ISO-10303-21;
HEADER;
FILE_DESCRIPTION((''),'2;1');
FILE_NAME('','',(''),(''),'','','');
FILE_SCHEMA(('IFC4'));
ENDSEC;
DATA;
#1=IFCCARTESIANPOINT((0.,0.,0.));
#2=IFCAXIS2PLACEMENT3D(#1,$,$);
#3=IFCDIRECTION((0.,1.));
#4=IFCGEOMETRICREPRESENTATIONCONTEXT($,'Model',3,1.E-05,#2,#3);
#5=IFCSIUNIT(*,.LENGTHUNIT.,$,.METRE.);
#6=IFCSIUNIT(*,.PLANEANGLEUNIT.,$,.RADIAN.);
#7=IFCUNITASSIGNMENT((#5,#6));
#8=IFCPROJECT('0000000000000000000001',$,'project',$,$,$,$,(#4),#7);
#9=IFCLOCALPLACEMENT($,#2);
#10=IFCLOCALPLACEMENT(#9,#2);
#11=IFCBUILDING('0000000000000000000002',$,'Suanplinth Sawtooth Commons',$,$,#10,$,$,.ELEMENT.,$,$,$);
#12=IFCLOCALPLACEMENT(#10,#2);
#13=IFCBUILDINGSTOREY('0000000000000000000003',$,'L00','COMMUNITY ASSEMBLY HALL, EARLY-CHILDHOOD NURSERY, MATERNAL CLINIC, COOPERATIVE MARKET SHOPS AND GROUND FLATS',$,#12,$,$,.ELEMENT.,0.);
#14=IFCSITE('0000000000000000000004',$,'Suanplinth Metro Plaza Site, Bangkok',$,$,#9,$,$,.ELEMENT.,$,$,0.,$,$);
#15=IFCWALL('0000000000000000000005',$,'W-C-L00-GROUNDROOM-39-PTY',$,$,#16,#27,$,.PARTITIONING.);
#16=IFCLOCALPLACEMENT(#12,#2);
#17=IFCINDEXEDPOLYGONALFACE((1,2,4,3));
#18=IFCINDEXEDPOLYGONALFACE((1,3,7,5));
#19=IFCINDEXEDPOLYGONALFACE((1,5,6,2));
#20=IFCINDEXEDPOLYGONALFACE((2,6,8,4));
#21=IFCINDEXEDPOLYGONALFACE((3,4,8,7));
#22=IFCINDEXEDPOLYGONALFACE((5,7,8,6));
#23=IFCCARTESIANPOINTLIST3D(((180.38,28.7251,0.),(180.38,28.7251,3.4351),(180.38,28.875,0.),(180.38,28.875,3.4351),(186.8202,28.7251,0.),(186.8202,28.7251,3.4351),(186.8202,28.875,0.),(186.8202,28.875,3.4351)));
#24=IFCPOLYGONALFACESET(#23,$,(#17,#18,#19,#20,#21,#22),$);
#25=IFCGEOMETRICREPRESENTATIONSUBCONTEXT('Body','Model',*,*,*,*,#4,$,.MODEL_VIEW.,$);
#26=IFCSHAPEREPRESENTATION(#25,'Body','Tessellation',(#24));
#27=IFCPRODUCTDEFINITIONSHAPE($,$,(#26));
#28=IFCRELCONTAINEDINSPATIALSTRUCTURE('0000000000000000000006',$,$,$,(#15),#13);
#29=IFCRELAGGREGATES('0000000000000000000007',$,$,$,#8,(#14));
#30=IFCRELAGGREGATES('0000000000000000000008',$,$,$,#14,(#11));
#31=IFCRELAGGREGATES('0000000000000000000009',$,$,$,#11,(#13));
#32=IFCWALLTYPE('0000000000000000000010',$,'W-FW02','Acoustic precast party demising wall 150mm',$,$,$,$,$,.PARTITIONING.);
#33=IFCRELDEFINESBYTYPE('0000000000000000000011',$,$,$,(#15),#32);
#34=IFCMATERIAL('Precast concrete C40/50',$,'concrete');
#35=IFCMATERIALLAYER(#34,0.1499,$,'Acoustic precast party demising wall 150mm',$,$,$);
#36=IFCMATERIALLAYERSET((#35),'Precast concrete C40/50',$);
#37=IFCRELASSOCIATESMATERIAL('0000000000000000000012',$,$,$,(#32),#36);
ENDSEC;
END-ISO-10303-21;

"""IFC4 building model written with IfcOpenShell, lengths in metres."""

from ifc_helpers import new_model, si_unit, direction, frame, frame_2d, origin, place, context, subcontext, project, spatial, rectangle, extrude, material, layer, layer_set, type_object, element, save


model = new_model("IFC4")

# Units and contexts
model_context = context("Model", 3, precision=1e-05, world=origin(), true_north=direction((0.0, 1.0)))
body_context = subcontext(model_context, "Body", "Model", "MODEL_VIEW")
ifc_project = project(units=[si_unit("LENGTHUNIT", "METRE"), si_unit("PLANEANGLEUNIT", "RADIAN")], contexts=[model_context])

# Site, building, storey
site_placement = place(None, origin())
site = spatial("IfcSite", under=ifc_project, at=site_placement, Name="Suanplinth Metro Plaza Site, Bangkok", CompositionType="ELEMENT", RefElevation=0.0)
building_placement = place(site_placement, origin())
building = spatial("IfcBuilding", under=site, at=building_placement, Name="Suanplinth Sawtooth Commons", CompositionType="ELEMENT")
storey_placement = place(building_placement, origin())
storey = spatial("IfcBuildingStorey", under=building, at=storey_placement, Name="L00", Description="COMMUNITY ASSEMBLY HALL, EARLY-CHILDHOOD NURSERY, MATERNAL CLINIC, COOPERATIVE MARKET SHOPS AND GROUND FLATS", CompositionType="ELEMENT", Elevation=0.0)

# Shared definitions
ifc_material_1 = material(Name="Precast concrete C40/50", Category="concrete")

# Wall
ifc_layer_1 = layer(ifc_material_1, 0.1499, Name="Acoustic precast party demising wall 150mm")
ifc_layer_set_1 = layer_set([ifc_layer_1], Name="Precast concrete C40/50")
wall_type_1 = type_object("IfcWallType", Name="W-FW02", Description="Acoustic precast party demising wall 150mm", PredefinedType="PARTITIONING", material=ifc_layer_set_1)
wall_1_placement = place(storey_placement, frame((180.3799, 28.8, 0.0), z_axis=(0.0, 0.0, 1.0), x_axis=(1.0, 0.0, 0.0)))
element("IfcWall", 1, at=wall_1_placement, inside=storey, type_object=wall_type_1, Name="W-C-L00-GROUNDROOM-39-PTY", PredefinedType="PARTITIONING", context=body_context, shape_type="SweptSolid", body=[
    extrude(rectangle(XDim=6.4402, YDim=0.1499, at=frame_2d((3.2202, 0.0))), origin(), (0.0, 0.0, 1.0), 3.4351),
])

save(model, "model.ifc")
